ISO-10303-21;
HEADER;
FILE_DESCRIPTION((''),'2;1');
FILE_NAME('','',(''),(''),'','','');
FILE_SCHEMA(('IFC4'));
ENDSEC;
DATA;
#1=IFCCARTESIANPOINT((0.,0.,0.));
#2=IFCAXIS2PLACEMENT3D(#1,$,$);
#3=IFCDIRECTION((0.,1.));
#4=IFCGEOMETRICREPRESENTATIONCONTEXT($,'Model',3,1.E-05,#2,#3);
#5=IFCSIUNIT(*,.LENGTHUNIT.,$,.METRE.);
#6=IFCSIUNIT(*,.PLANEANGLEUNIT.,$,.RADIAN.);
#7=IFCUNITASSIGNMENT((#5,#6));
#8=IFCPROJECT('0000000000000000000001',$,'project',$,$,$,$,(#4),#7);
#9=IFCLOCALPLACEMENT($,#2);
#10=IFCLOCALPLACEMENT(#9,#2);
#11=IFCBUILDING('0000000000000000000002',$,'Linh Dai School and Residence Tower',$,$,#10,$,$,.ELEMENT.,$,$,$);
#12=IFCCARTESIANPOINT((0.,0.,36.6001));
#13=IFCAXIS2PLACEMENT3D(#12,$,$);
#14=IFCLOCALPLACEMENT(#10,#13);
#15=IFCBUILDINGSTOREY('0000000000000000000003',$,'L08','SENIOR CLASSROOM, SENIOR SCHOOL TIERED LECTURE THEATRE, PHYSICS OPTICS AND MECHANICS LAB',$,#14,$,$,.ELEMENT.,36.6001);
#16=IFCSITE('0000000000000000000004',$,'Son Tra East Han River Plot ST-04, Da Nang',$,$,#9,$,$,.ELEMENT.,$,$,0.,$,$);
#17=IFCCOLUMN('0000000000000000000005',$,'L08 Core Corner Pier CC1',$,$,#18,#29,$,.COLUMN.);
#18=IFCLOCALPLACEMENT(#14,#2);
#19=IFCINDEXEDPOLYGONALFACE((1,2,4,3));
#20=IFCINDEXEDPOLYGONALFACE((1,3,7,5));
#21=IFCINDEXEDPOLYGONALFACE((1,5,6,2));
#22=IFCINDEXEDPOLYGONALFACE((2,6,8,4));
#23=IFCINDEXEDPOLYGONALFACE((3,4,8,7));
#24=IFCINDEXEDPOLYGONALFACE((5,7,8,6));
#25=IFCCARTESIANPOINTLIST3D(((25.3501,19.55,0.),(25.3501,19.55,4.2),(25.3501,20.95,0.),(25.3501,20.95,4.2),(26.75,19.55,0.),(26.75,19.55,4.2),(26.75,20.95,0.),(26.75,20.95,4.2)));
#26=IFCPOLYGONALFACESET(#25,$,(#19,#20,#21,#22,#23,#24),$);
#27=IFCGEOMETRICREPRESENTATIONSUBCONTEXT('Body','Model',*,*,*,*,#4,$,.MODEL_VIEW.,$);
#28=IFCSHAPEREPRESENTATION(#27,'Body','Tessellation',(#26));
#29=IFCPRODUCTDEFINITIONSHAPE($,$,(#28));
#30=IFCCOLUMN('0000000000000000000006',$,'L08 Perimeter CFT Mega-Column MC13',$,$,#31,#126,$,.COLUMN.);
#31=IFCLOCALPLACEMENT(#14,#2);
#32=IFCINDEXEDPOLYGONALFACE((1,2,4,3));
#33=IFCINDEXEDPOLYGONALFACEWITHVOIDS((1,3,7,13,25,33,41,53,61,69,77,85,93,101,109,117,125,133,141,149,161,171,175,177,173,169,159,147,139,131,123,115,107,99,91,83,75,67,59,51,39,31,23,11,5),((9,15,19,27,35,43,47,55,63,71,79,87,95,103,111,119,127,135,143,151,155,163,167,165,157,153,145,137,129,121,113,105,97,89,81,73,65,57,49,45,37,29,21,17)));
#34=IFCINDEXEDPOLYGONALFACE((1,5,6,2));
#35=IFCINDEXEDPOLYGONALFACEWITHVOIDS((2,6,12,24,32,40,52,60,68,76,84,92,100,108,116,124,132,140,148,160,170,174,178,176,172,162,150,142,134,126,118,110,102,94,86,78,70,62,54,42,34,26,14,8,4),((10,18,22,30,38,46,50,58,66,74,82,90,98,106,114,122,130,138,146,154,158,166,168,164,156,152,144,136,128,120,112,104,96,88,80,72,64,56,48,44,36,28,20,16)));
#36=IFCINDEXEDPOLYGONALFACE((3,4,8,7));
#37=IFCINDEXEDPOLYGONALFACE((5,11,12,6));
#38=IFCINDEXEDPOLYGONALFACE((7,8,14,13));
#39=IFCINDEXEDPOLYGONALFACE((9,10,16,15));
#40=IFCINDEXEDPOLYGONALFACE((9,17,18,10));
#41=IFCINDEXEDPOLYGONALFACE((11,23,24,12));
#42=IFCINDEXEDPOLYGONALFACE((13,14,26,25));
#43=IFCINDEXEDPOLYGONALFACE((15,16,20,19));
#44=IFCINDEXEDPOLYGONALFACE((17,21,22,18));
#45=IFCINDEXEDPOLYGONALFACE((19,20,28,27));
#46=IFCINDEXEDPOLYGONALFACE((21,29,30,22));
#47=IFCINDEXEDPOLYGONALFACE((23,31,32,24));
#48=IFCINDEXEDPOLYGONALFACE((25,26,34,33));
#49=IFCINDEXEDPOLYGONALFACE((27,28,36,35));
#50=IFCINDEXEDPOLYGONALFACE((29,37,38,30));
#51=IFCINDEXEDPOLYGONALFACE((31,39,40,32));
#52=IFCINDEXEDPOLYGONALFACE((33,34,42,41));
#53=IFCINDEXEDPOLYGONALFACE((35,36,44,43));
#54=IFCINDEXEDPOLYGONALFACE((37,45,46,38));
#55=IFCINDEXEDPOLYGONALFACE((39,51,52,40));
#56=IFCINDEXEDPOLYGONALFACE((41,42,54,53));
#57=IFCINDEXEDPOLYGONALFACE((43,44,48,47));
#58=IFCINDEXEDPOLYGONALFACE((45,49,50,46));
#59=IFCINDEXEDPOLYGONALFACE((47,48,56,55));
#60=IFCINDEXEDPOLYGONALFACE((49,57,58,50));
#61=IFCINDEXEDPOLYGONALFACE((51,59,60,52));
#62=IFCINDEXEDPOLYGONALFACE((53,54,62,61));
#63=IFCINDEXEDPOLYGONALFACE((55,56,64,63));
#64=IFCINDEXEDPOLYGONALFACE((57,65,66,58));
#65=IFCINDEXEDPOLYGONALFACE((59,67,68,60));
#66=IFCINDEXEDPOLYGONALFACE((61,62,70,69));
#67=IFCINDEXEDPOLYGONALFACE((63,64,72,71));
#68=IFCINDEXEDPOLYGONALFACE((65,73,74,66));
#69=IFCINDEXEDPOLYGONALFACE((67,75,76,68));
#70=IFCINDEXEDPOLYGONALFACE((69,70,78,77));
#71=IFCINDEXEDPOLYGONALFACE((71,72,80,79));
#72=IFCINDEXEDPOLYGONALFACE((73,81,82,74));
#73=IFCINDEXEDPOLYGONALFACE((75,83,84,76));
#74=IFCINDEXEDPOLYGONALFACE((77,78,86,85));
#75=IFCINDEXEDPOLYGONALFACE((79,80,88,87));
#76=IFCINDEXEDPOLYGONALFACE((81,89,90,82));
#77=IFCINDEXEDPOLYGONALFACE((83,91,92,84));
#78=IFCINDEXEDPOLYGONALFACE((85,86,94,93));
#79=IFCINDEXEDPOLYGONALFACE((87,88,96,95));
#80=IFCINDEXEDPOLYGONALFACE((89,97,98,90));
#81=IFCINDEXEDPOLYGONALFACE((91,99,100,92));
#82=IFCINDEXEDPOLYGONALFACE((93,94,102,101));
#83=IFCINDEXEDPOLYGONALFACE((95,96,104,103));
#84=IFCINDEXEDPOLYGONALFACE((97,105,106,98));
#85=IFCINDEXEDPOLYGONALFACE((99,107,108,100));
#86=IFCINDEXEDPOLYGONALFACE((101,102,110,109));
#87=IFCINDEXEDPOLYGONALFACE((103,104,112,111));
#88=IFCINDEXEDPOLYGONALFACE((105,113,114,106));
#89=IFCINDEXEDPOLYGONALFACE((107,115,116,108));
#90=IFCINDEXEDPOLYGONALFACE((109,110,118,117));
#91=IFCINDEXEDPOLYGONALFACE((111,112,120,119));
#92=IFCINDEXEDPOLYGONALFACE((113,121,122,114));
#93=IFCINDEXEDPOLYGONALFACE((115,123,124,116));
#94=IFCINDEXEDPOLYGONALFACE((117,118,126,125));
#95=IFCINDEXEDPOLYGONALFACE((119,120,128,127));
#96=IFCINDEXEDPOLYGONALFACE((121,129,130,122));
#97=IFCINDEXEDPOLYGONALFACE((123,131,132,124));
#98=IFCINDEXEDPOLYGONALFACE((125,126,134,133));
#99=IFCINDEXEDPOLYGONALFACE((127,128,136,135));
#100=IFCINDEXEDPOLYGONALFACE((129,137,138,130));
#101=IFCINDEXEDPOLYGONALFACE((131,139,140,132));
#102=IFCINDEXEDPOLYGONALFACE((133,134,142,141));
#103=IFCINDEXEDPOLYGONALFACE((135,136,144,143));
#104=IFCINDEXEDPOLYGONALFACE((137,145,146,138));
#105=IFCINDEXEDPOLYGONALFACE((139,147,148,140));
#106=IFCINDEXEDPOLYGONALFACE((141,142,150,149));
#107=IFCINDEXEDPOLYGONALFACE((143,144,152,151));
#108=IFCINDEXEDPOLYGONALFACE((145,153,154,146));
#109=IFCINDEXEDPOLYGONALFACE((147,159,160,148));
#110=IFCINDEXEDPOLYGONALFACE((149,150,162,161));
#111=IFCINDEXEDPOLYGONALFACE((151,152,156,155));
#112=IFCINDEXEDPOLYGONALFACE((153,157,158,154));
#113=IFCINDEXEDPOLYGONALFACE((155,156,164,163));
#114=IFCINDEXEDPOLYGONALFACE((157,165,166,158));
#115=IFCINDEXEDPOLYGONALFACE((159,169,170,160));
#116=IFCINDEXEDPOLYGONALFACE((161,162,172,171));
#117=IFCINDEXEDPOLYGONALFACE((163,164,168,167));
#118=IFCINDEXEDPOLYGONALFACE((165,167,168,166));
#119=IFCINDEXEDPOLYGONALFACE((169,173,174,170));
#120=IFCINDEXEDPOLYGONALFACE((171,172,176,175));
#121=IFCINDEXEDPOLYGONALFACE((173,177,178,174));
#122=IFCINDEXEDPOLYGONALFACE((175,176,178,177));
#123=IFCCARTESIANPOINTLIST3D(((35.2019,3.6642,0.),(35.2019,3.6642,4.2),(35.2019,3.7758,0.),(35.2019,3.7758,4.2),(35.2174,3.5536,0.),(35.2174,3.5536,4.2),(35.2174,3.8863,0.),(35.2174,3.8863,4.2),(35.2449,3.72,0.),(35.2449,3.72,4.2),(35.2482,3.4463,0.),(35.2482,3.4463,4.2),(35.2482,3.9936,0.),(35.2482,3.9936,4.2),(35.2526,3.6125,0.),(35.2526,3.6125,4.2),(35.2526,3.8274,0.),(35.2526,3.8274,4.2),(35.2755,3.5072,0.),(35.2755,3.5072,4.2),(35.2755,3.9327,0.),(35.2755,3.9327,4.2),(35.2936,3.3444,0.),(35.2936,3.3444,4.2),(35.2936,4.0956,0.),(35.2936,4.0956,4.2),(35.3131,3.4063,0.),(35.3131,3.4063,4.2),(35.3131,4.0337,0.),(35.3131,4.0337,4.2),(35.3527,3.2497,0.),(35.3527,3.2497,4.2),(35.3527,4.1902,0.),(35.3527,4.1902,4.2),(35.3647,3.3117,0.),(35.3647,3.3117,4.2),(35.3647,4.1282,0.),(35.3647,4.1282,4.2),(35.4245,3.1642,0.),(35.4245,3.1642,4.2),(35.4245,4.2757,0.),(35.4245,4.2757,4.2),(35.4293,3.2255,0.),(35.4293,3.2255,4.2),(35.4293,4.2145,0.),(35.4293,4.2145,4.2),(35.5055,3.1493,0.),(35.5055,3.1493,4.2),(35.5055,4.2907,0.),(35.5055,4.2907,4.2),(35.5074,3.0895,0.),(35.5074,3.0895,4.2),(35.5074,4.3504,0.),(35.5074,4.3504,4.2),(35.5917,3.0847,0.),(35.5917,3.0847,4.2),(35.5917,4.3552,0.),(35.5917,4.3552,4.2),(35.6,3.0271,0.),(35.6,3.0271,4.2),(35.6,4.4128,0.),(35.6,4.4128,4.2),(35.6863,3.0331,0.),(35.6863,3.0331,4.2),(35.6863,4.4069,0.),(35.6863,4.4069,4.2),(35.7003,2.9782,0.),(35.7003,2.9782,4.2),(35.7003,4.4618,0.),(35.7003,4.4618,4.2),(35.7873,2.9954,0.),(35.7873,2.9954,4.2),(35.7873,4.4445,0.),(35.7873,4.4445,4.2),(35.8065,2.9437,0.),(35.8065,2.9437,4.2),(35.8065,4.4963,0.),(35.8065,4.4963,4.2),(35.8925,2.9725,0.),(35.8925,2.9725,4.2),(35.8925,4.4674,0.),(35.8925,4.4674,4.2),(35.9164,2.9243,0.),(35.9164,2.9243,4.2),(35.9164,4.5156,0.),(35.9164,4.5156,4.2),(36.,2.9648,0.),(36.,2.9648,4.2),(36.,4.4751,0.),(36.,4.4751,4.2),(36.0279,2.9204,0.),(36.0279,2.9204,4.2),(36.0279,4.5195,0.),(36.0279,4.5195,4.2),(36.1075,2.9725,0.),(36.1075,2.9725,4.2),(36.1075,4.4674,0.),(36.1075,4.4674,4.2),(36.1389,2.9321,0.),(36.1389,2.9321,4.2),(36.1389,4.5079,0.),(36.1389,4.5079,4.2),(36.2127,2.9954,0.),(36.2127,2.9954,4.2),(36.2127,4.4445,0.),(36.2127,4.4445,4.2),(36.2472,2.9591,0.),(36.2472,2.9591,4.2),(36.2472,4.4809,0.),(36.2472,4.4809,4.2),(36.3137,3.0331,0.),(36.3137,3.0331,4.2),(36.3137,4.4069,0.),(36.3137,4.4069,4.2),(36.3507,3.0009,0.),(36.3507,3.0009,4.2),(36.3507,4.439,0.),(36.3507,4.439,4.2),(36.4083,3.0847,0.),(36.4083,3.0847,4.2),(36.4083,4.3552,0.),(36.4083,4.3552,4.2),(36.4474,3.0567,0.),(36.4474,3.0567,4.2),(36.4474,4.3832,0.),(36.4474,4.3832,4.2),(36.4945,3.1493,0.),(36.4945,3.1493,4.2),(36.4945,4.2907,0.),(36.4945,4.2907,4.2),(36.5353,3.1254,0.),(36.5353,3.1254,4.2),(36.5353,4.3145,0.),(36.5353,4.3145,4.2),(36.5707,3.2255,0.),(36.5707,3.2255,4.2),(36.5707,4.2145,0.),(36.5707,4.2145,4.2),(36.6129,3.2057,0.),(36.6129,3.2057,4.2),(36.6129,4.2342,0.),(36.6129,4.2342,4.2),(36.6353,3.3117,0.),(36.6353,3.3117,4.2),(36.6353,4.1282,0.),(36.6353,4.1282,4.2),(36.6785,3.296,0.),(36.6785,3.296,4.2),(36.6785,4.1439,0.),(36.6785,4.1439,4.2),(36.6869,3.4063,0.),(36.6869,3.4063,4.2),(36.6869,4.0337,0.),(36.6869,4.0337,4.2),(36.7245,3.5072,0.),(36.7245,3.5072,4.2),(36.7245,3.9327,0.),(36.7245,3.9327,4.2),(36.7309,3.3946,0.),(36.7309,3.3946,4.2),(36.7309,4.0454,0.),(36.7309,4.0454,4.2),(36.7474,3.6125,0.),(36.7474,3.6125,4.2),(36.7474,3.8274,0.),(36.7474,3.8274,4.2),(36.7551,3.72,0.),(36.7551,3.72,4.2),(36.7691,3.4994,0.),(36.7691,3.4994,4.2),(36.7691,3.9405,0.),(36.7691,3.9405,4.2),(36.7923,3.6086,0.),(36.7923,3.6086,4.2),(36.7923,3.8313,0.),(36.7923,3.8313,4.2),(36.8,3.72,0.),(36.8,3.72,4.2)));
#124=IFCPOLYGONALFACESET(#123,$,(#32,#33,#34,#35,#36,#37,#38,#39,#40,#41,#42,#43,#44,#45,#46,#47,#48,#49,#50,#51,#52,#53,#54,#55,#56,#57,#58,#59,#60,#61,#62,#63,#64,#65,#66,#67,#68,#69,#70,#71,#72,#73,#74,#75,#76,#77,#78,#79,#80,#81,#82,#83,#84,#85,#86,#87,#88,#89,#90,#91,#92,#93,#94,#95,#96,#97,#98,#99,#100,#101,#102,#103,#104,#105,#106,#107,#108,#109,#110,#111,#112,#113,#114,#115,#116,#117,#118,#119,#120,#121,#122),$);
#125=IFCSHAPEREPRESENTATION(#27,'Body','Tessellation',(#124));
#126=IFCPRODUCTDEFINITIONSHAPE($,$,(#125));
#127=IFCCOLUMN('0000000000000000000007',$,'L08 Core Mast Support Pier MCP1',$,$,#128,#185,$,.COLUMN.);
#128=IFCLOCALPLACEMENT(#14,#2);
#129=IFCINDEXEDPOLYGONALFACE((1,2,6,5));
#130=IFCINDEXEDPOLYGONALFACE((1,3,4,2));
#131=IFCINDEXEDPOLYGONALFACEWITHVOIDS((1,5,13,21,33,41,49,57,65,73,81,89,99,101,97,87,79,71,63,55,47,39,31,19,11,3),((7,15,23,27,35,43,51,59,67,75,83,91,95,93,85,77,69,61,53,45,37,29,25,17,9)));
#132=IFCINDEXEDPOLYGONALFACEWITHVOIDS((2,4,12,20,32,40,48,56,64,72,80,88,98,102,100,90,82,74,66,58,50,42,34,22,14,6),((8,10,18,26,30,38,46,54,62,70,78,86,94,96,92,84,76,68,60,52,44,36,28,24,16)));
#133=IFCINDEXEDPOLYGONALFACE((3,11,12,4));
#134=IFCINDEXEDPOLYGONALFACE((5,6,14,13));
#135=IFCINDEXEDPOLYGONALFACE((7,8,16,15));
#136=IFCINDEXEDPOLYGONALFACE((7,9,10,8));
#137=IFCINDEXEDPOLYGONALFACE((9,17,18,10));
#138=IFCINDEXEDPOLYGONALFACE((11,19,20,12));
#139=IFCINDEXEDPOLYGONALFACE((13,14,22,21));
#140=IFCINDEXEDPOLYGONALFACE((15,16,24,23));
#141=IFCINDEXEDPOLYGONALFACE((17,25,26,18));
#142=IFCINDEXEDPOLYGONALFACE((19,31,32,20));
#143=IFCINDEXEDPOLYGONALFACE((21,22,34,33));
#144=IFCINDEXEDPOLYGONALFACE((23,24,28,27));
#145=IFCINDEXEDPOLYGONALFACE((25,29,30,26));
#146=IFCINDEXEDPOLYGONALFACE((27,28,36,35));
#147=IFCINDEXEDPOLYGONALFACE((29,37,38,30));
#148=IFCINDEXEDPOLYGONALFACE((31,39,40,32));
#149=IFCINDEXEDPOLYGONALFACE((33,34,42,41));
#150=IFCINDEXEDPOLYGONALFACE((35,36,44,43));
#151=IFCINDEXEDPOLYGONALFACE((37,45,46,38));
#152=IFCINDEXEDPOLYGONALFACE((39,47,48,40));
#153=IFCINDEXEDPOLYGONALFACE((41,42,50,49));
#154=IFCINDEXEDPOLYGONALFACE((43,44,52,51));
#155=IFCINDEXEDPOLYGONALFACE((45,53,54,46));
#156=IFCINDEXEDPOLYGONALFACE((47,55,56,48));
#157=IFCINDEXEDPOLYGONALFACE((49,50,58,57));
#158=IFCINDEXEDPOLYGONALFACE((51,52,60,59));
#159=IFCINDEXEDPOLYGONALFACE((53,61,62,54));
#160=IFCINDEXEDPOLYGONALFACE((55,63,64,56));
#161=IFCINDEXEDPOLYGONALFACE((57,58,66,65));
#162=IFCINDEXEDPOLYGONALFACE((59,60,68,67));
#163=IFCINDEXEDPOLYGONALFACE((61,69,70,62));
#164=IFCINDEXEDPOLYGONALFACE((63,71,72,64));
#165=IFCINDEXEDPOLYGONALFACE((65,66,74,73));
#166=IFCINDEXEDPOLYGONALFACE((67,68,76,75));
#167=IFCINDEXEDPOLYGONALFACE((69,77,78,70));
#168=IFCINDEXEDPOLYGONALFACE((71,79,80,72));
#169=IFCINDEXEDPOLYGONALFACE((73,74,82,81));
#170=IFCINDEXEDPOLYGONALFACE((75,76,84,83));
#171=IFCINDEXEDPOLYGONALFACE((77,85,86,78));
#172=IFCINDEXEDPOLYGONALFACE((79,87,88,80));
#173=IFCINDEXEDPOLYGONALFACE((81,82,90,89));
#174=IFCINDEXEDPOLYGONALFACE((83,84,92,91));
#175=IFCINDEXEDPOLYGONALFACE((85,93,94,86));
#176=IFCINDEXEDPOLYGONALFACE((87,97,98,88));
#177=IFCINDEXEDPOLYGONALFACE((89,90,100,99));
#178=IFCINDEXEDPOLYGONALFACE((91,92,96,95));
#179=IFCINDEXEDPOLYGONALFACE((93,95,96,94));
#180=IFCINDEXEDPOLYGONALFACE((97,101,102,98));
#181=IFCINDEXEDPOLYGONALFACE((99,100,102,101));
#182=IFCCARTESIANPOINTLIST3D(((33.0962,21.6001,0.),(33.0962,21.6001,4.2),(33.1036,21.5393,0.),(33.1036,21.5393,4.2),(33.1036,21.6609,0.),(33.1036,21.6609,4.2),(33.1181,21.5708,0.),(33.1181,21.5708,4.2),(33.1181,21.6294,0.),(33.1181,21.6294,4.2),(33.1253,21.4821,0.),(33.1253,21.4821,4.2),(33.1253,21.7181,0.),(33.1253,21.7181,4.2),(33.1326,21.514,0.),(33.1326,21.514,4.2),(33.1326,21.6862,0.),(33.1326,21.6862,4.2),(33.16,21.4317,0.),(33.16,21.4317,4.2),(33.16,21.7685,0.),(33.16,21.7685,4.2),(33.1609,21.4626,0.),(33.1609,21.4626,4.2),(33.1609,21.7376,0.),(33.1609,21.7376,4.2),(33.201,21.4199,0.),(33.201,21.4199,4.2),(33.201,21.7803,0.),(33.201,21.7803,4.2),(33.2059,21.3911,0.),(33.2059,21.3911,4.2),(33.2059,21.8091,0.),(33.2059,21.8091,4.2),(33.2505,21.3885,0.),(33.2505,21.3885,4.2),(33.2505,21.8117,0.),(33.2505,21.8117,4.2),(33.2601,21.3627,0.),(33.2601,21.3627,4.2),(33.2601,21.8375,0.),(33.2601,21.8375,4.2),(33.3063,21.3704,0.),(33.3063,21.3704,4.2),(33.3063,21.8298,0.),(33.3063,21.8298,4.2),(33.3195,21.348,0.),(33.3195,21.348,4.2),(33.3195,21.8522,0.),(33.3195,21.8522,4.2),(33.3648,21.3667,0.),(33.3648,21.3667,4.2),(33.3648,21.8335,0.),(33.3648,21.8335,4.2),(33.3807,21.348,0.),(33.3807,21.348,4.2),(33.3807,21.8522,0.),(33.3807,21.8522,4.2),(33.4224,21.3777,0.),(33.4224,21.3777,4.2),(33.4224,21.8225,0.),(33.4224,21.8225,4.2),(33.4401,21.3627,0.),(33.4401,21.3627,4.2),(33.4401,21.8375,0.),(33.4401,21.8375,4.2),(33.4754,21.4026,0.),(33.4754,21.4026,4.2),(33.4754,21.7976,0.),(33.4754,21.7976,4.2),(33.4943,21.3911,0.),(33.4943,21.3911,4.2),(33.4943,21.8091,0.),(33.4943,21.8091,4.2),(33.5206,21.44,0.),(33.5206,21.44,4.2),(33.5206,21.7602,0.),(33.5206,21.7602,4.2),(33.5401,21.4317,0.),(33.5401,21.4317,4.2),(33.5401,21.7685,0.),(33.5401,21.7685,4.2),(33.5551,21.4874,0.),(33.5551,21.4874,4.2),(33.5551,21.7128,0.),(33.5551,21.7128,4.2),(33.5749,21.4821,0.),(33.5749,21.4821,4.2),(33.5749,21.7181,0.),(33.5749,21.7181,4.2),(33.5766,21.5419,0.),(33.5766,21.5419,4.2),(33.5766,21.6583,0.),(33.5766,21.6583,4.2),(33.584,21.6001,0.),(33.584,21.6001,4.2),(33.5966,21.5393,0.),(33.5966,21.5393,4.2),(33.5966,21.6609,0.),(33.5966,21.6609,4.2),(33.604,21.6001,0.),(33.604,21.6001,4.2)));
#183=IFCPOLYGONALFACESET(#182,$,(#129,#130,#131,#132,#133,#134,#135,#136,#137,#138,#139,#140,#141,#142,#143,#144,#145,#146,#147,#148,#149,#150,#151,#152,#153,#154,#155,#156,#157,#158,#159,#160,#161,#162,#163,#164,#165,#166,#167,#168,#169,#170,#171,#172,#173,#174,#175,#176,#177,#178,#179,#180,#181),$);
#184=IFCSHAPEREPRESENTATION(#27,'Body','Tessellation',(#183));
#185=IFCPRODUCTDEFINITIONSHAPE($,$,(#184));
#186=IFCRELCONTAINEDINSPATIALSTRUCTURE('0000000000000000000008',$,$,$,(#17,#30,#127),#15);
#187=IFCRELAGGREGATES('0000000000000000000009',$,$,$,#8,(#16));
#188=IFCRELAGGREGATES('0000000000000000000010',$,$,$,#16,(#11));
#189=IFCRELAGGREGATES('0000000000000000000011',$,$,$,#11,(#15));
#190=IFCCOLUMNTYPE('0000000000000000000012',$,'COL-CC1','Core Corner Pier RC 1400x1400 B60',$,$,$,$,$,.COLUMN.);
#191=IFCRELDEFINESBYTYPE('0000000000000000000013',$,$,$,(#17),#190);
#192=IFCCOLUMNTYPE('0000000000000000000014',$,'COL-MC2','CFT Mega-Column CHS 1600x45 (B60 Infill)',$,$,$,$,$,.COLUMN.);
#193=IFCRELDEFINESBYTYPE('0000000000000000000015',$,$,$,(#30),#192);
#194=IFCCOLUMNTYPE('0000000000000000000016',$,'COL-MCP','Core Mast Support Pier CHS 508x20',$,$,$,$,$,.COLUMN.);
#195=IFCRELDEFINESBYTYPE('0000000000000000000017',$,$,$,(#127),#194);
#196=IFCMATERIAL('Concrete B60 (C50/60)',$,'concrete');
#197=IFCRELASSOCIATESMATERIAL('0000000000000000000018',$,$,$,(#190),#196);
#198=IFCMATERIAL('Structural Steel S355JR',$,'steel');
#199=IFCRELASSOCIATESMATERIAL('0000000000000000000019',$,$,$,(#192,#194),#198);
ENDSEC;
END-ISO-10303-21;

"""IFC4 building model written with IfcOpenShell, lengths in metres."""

from ifc_helpers import new_model, si_unit, direction, frame, origin, origin_2d, place, context, subcontext, project, spatial, rectangle, hollow_circle, extrude, material, material_profile, profile_set, type_object, element, save


model = new_model("IFC4")

# Units and contexts
model_context = context("Model", 3, precision=1e-05, world=origin(), true_north=direction((0.0, 1.0)))
body_context = subcontext(model_context, "Body", "Model", "MODEL_VIEW")
ifc_project = project(units=[si_unit("LENGTHUNIT", "METRE"), si_unit("PLANEANGLEUNIT", "RADIAN")], contexts=[model_context])

# Site, building, storey
site_placement = place(None, origin())
site = spatial("IfcSite", under=ifc_project, at=site_placement, Name="Son Tra East Han River Plot ST-04, Da Nang", CompositionType="ELEMENT", RefElevation=0.0)
building_placement = place(site_placement, origin())
building = spatial("IfcBuilding", under=site, at=building_placement, Name="Linh Dai School and Residence Tower", CompositionType="ELEMENT")
storey_placement = place(building_placement, frame((0.0, 0.0, 36.6001)))
storey = spatial("IfcBuildingStorey", under=building, at=storey_placement, Name="L08", Description="SENIOR CLASSROOM, SENIOR SCHOOL TIERED LECTURE THEATRE, PHYSICS OPTICS AND MECHANICS LAB", CompositionType="ELEMENT", Elevation=36.6001)

# Columns
ifc_material_1 = material(Name="Concrete B60 (C50/60)", Category="concrete")
ifc_material_profile_1 = material_profile(ifc_material_1, rectangle(XDim=1.3999, YDim=1.3999, at=origin_2d()), Name="RC 1400x1400")
ifc_profile_set_1 = profile_set([ifc_material_profile_1], Name="Concrete B60 (C50/60)")
column_type_1 = type_object("IfcColumnType", Name="COL-CC1", Description="Core Corner Pier RC 1400x1400 B60", PredefinedType="COLUMN", material=ifc_profile_set_1)
column_1_placement = place(storey_placement, frame((26.05, 20.25, 0.0), z_axis=(0.0, 0.0, 1.0), x_axis=(1.0, 0.0, 0.0)))
element("IfcColumn", 1, at=column_1_placement, inside=storey, type_object=column_type_1, Name="L08 Core Corner Pier CC1", PredefinedType="COLUMN", context=body_context, shape_type="SweptSolid", body=[
    extrude(rectangle(XDim=1.3999, YDim=1.3999, at=origin_2d()), origin(), (0.0, 0.0, 1.0), 4.2),
])
ifc_material_2 = material(Name="Structural Steel S355JR", Category="steel")
ifc_material_profile_2 = material_profile(ifc_material_2, hollow_circle(Radius=0.8, WallThickness=0.0449, at=origin_2d()), Name="CHS 1600x45")
ifc_profile_set_2 = profile_set([ifc_material_profile_2], Name="Structural Steel S355JR")
column_type_2 = type_object("IfcColumnType", Name="COL-MC2", Description="CFT Mega-Column CHS 1600x45 (B60 Infill)", PredefinedType="COLUMN", material=ifc_profile_set_2)
column_2_placement = place(storey_placement, frame((36.0, 3.72, 0.0), z_axis=(0.0, 0.0, 1.0), x_axis=(1.0, 0.0, 0.0)))
element("IfcColumn", 2, at=column_2_placement, inside=storey, type_object=column_type_2, Name="L08 Perimeter CFT Mega-Column MC13", PredefinedType="COLUMN", context=body_context, shape_type="SweptSolid", body=[
    extrude(hollow_circle(Radius=0.8, WallThickness=0.0449, at=origin_2d()), origin(), (0.0, 0.0, 1.0), 4.2),
])
ifc_material_profile_3 = material_profile(ifc_material_2, hollow_circle(Radius=0.2539, WallThickness=0.02, at=origin_2d()), Name="CHS 508x20")
ifc_profile_set_3 = profile_set([ifc_material_profile_3], Name="Structural Steel S355JR")
column_type_3 = type_object("IfcColumnType", Name="COL-MCP", Description="Core Mast Support Pier CHS 508x20", PredefinedType="COLUMN", material=ifc_profile_set_3)
column_3_placement = place(storey_placement, frame((33.3501, 21.6001, 0.0), z_axis=(0.0, 0.0, 1.0), x_axis=(1.0, 0.0, 0.0)))
element("IfcColumn", 3, at=column_3_placement, inside=storey, type_object=column_type_3, Name="L08 Core Mast Support Pier MCP1", PredefinedType="COLUMN", context=body_context, shape_type="SweptSolid", body=[
    extrude(hollow_circle(Radius=0.2539, WallThickness=0.02, at=origin_2d()), origin(), (0.0, 0.0, 1.0), 4.2),
])

save(model, "model.ifc")
